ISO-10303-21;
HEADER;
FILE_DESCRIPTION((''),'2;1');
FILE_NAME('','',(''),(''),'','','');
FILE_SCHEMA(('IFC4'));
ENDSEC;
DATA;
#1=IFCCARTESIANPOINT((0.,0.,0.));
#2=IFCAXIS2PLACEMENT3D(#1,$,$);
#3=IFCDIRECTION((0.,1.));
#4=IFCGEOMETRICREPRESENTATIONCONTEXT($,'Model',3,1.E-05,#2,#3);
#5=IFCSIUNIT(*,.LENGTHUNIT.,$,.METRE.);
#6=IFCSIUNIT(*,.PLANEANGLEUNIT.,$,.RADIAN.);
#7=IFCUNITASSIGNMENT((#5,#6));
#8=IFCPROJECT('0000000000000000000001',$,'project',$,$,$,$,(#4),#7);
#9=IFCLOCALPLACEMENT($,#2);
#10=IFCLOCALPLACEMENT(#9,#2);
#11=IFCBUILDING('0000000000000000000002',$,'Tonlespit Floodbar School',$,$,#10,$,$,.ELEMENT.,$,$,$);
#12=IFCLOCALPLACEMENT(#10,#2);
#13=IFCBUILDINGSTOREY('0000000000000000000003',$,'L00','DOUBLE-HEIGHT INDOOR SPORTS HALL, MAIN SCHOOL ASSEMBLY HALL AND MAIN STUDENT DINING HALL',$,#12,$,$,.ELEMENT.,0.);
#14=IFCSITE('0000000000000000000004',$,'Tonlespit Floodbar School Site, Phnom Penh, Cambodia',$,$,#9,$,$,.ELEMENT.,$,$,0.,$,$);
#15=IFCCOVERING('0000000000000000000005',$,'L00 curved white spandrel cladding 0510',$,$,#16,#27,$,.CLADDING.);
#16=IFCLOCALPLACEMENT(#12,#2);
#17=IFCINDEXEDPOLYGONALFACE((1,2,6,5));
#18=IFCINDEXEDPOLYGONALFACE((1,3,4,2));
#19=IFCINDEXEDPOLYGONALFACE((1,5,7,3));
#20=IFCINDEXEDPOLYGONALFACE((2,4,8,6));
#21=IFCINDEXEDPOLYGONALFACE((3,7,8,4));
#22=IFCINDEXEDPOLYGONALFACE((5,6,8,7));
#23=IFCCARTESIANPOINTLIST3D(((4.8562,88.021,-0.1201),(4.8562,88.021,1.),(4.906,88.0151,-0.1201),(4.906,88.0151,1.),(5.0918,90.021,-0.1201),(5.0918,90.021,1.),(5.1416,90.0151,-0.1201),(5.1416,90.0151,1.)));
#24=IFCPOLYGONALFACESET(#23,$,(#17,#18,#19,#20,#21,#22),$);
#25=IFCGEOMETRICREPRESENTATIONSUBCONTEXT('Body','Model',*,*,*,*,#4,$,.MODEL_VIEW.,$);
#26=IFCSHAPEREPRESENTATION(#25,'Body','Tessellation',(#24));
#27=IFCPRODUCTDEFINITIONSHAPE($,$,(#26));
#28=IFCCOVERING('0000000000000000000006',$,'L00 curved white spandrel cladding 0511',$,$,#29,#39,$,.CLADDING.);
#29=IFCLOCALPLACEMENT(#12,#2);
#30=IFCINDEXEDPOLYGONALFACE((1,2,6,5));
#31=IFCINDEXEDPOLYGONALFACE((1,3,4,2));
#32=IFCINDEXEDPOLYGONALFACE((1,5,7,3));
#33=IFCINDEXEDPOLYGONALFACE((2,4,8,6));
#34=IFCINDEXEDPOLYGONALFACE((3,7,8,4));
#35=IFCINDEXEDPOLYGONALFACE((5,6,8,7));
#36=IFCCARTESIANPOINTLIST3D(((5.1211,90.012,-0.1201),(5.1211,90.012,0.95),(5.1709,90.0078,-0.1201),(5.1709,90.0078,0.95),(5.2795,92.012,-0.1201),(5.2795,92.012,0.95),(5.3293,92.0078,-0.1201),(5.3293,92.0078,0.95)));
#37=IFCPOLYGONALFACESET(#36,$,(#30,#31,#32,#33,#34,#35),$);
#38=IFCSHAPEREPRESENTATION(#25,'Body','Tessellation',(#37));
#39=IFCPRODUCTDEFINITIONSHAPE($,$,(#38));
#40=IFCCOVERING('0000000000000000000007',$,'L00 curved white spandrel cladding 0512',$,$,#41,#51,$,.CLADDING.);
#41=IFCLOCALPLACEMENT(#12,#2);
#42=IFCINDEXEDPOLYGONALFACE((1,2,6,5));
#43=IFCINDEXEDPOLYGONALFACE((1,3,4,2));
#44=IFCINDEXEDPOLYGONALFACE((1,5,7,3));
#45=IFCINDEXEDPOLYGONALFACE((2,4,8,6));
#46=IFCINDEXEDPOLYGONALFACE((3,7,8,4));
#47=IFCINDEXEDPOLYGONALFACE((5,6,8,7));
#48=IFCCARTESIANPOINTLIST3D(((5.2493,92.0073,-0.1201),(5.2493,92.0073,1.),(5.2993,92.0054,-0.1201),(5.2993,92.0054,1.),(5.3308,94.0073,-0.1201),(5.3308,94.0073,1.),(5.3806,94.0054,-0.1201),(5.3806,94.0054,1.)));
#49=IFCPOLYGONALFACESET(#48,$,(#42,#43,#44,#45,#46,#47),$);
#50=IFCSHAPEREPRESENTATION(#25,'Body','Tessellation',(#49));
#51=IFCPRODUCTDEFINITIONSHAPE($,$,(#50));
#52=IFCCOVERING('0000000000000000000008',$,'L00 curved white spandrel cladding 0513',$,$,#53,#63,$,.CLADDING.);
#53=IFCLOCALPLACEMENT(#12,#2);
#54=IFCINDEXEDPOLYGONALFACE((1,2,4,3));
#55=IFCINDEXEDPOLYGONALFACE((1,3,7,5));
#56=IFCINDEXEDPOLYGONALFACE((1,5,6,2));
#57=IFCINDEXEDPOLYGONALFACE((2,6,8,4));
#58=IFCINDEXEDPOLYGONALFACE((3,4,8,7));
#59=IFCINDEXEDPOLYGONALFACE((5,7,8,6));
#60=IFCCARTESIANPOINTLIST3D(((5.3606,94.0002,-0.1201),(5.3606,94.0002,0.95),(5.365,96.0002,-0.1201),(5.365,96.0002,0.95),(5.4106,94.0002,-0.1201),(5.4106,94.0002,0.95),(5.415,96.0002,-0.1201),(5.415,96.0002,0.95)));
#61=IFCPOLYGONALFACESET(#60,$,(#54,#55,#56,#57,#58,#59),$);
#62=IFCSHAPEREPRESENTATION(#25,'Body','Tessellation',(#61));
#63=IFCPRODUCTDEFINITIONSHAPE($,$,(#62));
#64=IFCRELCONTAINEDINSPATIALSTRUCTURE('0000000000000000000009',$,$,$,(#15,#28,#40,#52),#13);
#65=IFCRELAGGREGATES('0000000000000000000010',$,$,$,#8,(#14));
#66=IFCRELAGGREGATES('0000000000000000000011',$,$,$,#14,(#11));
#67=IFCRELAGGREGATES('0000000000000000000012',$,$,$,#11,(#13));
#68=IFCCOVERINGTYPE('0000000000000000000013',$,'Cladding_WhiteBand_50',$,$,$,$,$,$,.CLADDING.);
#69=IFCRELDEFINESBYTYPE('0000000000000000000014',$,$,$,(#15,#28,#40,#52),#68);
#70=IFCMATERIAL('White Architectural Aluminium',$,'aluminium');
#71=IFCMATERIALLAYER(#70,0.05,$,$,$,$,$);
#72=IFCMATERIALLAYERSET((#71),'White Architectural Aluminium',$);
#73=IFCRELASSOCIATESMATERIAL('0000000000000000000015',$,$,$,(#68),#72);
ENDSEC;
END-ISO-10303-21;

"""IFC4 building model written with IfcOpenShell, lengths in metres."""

from ifc_helpers import new_model, si_unit, direction, frame, origin, place, context, subcontext, project, spatial, polyline, outline, extrude, material, layer, layer_set, type_object, element, save


model = new_model("IFC4")

# Units and contexts
model_context = context("Model", 3, precision=1e-05, world=origin(), true_north=direction((0.0, 1.0)))
body_context = subcontext(model_context, "Body", "Model", "MODEL_VIEW")
ifc_project = project(units=[si_unit("LENGTHUNIT", "METRE"), si_unit("PLANEANGLEUNIT", "RADIAN")], contexts=[model_context])

# Site, building, storey
site_placement = place(None, origin())
site = spatial("IfcSite", under=ifc_project, at=site_placement, Name="Tonlespit Floodbar School Site, Phnom Penh, Cambodia", CompositionType="ELEMENT", RefElevation=0.0)
building_placement = place(site_placement, origin())
building = spatial("IfcBuilding", under=site, at=building_placement, Name="Tonlespit Floodbar School", CompositionType="ELEMENT")
storey_placement = place(building_placement, origin())
storey = spatial("IfcBuildingStorey", under=building, at=storey_placement, Name="L00", Description="DOUBLE-HEIGHT INDOOR SPORTS HALL, MAIN SCHOOL ASSEMBLY HALL AND MAIN STUDENT DINING HALL", CompositionType="ELEMENT", Elevation=0.0)

# Coverings
ifc_material = material(Name="White Architectural Aluminium", Category="aluminium")
ifc_layer = layer(ifc_material, 0.05)
ifc_layer_set = layer_set([ifc_layer], Name="White Architectural Aluminium")
covering_type = type_object("IfcCoveringType", Name="Cladding_WhiteBand_50", PredefinedType="CLADDING", material=ifc_layer_set)
covering_1_placement = place(storey_placement, frame((0.0, 0.0, -0.1201)))
element("IfcCovering", 1, at=covering_1_placement, inside=storey, type_object=covering_type, Name="L00 curved white spandrel cladding 0510", PredefinedType="CLADDING", context=body_context, shape_type="SweptSolid", body=[
    extrude(outline(polyline([(4.906, 88.0151), (5.1416, 90.0151), (5.0918, 90.021), (4.8562, 88.021), (4.906, 88.0151)])), origin(), (0.0, 0.0, 1.0), 1.1201),
])
covering_2_placement = place(storey_placement, frame((0.0, 0.0, -0.1201)))
element("IfcCovering", 2, at=covering_2_placement, inside=storey, type_object=covering_type, Name="L00 curved white spandrel cladding 0511", PredefinedType="CLADDING", context=body_context, shape_type="SweptSolid", body=[
    extrude(outline(polyline([(5.1709, 90.0078), (5.3293, 92.0078), (5.2795, 92.012), (5.1211, 90.012), (5.1709, 90.0078)])), origin(), (0.0, 0.0, 1.0), 1.0701),
])
covering_3_placement = place(storey_placement, frame((0.0, 0.0, -0.1201)))
element("IfcCovering", 3, at=covering_3_placement, inside=storey, type_object=covering_type, Name="L00 curved white spandrel cladding 0512", PredefinedType="CLADDING", context=body_context, shape_type="SweptSolid", body=[
    extrude(outline(polyline([(5.2993, 92.0054), (5.3806, 94.0054), (5.3308, 94.0073), (5.2493, 92.0073), (5.2993, 92.0054)])), origin(), (0.0, 0.0, 1.0), 1.1201),
])
covering_4_placement = place(storey_placement, frame((0.0, 0.0, -0.1201)))
element("IfcCovering", 4, at=covering_4_placement, inside=storey, type_object=covering_type, Name="L00 curved white spandrel cladding 0513", PredefinedType="CLADDING", context=body_context, shape_type="SweptSolid", body=[
    extrude(outline(polyline([(5.4106, 94.0002), (5.415, 96.0002), (5.365, 96.0002), (5.3606, 94.0002), (5.4106, 94.0002)])), origin(), (0.0, 0.0, 1.0), 1.0701),
])

save(model, "model.ifc")
